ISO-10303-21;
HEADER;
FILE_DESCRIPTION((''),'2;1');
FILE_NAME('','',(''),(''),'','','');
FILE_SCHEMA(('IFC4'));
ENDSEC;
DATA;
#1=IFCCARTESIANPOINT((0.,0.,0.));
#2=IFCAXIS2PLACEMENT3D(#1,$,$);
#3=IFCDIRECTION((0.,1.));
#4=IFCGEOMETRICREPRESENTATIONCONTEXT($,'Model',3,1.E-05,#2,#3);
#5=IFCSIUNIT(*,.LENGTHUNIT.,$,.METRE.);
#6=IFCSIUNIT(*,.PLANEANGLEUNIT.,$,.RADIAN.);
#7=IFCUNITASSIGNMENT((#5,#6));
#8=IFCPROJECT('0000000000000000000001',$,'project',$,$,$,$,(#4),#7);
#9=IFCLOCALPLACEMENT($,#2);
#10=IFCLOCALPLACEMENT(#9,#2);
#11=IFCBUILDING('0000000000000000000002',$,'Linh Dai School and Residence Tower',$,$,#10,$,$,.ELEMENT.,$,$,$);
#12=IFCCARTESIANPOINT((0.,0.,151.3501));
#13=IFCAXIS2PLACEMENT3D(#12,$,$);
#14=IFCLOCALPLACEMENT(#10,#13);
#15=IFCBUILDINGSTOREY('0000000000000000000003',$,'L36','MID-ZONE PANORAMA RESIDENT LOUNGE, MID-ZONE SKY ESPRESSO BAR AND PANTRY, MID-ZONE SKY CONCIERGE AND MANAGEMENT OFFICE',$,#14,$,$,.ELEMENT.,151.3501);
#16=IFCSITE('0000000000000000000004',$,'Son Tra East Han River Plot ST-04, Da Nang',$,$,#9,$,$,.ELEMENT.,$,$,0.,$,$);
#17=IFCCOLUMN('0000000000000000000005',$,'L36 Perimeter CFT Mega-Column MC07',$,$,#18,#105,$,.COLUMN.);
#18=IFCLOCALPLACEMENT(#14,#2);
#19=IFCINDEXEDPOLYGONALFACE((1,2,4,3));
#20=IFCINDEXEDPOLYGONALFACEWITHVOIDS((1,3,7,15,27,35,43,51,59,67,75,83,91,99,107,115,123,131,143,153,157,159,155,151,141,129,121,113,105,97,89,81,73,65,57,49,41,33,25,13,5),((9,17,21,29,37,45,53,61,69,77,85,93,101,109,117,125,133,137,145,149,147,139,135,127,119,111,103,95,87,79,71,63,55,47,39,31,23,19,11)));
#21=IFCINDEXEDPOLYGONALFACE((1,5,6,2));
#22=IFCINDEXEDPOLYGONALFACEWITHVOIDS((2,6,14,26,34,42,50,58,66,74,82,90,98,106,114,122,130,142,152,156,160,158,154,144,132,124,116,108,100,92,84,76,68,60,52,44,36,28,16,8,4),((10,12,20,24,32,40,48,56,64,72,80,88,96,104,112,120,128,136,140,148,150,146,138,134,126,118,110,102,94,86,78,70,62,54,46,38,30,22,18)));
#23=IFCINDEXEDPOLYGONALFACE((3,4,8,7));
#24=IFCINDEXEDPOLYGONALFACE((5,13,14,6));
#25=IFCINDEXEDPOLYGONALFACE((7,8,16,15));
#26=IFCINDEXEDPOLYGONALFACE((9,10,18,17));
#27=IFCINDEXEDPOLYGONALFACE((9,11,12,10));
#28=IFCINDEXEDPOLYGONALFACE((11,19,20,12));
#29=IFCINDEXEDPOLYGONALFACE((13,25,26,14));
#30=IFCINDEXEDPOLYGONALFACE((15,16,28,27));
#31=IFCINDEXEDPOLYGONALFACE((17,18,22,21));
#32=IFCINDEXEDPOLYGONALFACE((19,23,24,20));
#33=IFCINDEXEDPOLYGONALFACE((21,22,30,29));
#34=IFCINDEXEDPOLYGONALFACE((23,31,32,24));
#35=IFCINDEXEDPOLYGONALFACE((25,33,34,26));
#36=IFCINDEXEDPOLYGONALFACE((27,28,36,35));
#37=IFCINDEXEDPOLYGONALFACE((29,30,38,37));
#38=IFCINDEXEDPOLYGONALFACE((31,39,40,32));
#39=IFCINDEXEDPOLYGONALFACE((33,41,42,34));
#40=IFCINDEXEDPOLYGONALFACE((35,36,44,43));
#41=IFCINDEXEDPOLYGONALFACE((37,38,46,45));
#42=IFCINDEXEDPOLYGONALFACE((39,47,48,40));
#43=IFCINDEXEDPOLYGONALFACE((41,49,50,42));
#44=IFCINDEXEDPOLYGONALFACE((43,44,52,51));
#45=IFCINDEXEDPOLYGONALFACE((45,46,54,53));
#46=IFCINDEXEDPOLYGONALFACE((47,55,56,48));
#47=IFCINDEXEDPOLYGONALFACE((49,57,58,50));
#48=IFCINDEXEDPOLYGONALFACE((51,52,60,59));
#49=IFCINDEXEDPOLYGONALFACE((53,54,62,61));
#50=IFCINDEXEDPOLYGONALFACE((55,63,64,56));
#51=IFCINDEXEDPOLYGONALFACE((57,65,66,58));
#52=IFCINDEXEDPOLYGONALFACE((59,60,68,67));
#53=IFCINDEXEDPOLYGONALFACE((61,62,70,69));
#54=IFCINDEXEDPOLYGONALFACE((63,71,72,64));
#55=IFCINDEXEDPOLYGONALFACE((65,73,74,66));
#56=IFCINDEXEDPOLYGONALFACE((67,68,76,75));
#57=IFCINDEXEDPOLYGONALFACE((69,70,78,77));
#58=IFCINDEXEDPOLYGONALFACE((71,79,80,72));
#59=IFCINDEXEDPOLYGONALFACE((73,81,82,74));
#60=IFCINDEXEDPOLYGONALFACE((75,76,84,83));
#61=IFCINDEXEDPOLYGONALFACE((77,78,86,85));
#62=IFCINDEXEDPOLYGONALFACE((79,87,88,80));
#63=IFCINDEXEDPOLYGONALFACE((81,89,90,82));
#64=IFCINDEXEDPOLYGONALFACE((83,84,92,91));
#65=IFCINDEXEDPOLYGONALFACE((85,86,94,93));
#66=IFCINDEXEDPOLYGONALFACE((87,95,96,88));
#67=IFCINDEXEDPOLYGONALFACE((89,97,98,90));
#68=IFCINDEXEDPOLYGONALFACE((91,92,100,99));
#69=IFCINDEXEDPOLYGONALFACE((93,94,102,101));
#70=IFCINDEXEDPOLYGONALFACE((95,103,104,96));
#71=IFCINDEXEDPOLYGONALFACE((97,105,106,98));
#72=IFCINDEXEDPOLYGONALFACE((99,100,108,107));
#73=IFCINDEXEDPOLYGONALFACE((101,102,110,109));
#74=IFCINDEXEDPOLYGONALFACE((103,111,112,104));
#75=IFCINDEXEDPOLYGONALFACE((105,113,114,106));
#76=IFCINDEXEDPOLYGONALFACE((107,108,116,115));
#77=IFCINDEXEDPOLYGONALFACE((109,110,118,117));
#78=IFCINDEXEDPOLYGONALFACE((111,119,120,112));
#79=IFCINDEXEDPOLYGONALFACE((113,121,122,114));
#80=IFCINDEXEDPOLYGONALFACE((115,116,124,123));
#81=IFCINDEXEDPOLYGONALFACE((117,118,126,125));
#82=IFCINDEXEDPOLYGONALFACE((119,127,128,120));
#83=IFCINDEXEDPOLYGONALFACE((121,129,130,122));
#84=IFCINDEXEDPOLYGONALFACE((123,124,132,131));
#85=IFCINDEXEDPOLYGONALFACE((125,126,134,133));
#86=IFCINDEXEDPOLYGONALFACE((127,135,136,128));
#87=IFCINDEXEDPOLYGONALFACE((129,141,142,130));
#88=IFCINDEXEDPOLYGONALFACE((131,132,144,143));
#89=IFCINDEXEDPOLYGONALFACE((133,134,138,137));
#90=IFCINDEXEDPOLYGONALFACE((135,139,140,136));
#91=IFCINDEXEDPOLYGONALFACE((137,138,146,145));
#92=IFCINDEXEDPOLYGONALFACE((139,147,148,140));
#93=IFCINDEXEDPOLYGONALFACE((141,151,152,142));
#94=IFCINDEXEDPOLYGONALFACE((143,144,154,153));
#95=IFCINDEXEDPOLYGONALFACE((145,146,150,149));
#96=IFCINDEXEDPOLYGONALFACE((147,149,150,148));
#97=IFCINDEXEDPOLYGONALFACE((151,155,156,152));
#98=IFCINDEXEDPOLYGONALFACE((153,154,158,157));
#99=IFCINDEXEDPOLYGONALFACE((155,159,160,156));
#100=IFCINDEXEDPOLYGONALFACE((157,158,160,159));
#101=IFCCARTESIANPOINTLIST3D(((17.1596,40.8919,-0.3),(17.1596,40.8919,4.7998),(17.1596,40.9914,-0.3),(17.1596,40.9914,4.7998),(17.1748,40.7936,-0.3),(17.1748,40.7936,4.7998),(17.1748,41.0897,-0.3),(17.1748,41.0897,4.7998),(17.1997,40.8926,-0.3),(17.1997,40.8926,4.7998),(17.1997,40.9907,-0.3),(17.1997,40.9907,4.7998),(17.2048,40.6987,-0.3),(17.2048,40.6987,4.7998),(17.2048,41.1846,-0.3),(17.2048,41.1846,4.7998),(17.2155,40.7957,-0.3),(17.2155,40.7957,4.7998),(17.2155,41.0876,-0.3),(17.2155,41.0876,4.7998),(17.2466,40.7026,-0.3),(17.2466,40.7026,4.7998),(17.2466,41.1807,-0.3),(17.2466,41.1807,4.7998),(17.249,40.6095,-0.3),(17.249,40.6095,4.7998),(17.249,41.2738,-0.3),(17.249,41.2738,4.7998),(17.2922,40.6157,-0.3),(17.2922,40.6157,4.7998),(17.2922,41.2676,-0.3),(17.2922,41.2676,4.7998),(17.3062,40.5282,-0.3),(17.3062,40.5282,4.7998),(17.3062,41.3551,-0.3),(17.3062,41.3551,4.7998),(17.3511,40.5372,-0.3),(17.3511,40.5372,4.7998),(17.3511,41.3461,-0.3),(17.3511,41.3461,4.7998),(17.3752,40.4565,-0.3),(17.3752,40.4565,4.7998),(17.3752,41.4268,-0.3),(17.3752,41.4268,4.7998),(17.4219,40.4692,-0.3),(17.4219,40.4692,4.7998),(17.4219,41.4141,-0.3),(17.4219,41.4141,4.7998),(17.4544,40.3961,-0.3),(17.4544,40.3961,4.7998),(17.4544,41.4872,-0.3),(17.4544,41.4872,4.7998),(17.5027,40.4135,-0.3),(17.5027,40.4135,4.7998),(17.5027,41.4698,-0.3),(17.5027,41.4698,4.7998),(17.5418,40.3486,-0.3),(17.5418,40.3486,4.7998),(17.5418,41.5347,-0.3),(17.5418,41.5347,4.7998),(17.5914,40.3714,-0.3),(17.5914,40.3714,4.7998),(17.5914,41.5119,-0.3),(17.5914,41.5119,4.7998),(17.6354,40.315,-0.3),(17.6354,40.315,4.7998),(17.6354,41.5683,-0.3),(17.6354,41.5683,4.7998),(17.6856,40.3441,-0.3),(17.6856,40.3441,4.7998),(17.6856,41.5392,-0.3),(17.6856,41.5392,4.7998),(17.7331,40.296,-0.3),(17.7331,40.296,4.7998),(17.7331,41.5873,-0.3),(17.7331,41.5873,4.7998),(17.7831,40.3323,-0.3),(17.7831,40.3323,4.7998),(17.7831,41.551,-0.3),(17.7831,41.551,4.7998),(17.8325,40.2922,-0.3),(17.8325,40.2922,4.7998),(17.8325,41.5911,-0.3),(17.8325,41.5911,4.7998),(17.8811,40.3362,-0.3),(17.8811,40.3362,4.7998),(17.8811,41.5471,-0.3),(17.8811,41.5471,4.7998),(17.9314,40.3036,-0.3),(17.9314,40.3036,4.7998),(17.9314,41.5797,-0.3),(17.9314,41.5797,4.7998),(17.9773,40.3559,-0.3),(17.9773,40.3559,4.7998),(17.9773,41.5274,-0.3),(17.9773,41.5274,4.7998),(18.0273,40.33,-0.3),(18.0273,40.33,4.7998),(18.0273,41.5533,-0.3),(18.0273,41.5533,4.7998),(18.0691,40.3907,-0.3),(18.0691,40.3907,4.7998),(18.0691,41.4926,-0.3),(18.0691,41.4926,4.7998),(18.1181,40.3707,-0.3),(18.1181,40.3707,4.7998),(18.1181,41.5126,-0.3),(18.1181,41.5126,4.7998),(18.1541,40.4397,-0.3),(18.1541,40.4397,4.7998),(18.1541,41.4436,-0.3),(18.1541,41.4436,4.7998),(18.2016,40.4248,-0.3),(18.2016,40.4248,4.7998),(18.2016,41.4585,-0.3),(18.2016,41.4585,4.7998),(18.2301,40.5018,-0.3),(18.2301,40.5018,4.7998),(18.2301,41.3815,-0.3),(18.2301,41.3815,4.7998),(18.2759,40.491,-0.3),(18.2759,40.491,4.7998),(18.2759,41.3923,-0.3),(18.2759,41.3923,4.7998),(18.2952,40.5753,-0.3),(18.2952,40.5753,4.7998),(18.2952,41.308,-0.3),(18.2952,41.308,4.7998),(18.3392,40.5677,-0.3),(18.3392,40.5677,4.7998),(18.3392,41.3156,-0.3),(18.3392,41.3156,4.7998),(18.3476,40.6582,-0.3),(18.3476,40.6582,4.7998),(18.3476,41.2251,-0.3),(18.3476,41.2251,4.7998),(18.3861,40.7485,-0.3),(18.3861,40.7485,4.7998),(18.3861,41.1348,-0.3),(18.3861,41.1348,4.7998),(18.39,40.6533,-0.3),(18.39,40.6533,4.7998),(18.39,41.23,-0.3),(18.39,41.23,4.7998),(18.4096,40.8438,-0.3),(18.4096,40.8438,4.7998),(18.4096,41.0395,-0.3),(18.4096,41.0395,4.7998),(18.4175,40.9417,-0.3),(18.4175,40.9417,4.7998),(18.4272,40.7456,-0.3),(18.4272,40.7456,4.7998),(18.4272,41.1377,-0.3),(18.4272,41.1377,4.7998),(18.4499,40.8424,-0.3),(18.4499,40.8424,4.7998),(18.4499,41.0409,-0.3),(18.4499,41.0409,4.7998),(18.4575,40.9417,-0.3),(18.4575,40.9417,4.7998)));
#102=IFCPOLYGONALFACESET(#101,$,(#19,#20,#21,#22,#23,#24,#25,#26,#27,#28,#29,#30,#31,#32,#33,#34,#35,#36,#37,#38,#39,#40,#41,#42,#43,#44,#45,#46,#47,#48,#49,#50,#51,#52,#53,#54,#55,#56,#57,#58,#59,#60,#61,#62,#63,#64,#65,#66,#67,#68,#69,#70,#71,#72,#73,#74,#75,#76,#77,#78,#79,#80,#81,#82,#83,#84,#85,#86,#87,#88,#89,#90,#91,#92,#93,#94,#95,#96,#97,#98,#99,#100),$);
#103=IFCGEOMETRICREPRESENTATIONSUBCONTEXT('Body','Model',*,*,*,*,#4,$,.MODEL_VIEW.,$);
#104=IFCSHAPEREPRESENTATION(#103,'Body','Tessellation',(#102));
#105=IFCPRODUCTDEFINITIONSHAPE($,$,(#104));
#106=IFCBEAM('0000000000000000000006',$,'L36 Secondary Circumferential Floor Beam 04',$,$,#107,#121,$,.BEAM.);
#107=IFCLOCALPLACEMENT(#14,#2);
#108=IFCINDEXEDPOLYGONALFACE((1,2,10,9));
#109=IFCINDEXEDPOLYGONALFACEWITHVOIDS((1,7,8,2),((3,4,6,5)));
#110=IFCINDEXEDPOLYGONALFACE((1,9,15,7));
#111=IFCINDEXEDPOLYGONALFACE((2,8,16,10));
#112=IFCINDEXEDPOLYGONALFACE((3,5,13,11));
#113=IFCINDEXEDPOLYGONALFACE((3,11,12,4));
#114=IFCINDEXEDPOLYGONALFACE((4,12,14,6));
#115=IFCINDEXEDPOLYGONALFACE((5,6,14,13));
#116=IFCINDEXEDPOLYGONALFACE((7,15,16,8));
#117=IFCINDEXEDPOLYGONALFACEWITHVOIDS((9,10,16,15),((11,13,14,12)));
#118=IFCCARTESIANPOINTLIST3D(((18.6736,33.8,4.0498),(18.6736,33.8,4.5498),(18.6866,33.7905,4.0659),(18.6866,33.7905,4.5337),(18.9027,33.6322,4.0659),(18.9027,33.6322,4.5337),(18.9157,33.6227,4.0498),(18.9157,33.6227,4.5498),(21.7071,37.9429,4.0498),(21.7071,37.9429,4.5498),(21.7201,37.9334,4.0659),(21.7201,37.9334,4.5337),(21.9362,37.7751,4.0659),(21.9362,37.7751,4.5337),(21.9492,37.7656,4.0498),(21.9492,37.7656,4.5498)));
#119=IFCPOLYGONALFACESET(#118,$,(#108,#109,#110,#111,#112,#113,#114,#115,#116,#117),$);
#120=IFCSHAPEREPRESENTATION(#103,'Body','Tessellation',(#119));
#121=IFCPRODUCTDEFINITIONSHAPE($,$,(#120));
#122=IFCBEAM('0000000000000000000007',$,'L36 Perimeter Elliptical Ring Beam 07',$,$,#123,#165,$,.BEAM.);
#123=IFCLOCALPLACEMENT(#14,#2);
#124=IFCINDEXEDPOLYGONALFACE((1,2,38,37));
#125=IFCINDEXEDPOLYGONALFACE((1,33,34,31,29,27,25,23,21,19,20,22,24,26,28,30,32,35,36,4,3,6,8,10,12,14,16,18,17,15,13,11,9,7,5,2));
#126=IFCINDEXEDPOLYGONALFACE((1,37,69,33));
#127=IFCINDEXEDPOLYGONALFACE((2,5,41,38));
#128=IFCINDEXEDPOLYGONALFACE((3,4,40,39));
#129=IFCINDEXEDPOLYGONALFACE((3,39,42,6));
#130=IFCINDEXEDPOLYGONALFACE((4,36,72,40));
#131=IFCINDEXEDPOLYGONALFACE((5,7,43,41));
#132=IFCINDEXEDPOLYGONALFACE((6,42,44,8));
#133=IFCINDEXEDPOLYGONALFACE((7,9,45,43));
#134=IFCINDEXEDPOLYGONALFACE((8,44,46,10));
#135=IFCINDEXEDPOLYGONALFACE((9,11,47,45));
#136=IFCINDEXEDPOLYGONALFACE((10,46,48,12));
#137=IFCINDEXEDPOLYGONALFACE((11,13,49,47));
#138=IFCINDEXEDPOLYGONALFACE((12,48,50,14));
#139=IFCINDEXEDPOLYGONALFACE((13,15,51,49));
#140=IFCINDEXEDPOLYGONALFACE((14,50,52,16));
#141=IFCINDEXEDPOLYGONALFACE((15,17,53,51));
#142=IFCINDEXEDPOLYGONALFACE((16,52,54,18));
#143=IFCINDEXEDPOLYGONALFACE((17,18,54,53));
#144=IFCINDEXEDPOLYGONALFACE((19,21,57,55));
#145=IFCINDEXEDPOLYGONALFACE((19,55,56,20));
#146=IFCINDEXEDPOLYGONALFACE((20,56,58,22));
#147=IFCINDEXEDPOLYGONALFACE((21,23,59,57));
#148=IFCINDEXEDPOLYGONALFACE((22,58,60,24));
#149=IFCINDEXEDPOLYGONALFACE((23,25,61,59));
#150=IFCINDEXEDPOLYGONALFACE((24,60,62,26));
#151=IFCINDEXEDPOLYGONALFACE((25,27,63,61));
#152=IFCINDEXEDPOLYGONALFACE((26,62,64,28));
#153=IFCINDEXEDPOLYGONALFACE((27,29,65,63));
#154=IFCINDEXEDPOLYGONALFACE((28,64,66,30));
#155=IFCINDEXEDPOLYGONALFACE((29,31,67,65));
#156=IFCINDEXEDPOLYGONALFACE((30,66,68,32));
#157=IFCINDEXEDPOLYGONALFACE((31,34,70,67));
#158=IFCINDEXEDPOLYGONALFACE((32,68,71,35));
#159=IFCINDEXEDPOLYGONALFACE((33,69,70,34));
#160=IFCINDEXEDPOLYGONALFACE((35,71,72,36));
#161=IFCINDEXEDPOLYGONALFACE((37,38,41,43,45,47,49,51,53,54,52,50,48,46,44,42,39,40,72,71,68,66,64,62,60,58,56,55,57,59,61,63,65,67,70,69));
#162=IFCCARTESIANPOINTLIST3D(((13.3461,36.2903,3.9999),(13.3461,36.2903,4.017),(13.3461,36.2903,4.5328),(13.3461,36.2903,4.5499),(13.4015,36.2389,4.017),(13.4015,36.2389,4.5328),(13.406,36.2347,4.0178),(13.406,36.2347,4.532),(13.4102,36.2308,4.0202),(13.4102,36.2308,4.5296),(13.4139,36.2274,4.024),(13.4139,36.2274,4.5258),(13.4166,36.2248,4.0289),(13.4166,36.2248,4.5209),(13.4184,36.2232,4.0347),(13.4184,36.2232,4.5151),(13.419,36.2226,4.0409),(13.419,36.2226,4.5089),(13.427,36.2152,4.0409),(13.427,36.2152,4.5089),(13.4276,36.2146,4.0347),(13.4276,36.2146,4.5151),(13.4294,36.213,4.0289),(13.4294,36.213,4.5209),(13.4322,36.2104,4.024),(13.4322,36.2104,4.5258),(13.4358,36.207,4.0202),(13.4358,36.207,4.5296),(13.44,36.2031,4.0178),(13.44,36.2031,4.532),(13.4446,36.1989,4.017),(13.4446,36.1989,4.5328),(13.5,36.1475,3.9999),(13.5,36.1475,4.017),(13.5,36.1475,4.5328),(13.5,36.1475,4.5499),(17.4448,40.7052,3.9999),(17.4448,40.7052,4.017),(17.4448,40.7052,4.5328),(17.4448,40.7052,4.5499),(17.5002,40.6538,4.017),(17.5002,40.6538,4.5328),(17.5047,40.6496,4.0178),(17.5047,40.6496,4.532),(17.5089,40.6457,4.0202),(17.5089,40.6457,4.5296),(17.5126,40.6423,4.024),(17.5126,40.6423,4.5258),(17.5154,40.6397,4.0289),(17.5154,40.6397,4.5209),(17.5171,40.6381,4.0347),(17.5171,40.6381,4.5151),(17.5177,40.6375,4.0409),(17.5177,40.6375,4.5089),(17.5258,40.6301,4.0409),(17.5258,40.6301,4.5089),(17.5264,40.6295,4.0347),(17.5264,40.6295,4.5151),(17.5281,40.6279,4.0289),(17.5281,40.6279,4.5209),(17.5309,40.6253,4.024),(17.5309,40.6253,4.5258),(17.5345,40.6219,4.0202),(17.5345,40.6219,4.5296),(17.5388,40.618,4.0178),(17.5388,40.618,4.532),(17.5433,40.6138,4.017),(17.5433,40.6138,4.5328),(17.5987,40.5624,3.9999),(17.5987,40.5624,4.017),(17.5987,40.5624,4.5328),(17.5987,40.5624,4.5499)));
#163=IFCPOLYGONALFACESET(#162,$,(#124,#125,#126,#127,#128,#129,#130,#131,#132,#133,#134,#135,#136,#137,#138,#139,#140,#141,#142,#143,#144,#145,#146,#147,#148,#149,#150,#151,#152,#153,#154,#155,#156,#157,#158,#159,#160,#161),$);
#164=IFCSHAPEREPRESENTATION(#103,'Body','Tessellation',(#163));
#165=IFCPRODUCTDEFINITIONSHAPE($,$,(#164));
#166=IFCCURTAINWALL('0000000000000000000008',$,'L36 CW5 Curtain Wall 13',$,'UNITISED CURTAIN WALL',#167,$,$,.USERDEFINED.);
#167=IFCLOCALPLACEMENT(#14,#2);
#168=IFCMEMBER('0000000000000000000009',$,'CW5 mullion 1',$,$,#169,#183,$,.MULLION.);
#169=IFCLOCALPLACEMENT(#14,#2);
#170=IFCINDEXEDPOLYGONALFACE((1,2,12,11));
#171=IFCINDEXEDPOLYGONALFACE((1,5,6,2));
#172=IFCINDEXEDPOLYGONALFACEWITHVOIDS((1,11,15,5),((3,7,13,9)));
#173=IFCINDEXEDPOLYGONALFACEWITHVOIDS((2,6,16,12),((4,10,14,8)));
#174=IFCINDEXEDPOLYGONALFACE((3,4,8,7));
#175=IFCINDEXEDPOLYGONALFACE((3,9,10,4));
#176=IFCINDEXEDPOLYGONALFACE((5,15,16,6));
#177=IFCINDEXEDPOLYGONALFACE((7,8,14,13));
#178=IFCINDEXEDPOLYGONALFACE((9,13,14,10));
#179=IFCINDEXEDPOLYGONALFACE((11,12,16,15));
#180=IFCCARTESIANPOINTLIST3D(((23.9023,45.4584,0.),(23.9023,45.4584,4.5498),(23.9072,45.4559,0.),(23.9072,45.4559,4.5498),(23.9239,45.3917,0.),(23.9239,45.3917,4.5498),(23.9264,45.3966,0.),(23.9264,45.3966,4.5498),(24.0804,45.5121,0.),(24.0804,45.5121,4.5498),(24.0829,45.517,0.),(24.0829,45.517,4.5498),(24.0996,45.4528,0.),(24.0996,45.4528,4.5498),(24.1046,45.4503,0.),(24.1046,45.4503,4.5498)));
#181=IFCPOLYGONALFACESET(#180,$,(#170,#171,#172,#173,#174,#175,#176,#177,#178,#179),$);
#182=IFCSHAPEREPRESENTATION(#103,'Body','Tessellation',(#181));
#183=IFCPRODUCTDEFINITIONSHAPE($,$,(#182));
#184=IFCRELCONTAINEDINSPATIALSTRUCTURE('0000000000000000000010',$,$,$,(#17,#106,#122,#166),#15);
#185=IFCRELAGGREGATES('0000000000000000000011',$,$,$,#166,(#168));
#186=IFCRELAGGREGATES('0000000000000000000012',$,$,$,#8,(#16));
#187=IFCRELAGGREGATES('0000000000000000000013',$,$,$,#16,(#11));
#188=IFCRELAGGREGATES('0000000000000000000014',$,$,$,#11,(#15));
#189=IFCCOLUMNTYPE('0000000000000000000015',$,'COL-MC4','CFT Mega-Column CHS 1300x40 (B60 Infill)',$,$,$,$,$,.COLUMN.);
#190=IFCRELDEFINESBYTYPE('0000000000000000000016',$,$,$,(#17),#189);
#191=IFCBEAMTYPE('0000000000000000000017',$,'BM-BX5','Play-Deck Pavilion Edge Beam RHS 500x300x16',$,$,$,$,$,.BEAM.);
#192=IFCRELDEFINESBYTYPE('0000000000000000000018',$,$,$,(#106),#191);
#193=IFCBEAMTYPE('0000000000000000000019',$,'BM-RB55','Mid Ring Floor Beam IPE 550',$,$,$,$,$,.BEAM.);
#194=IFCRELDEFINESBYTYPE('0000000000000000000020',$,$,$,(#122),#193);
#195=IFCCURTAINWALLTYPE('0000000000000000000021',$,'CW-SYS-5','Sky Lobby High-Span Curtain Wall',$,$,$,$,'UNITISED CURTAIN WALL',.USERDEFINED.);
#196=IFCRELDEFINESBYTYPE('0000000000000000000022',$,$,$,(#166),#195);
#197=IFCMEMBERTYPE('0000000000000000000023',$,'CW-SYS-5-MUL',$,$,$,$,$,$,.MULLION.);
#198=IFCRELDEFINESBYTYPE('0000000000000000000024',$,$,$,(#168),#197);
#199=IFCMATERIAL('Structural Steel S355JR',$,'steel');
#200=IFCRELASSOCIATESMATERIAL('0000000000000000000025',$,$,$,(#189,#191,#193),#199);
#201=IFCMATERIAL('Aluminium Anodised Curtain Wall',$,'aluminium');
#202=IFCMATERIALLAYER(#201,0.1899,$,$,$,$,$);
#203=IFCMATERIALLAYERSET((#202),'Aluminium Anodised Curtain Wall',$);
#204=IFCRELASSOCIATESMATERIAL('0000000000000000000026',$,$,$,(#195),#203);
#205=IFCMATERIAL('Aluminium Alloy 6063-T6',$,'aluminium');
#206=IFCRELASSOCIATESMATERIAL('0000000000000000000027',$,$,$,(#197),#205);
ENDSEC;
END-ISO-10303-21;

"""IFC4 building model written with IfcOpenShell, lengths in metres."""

from ifc_helpers import new_model, si_unit, direction, frame, origin, origin_2d, place, context, subcontext, project, spatial, hollow_rectangle, hollow_circle, i_section, extrude, source, transform, mapped, material, layer, layer_set, material_profile, profile_set, type_object, element, aggregate, save


model = new_model("IFC4")

# Units and contexts
model_context = context("Model", 3, precision=1e-05, world=origin(), true_north=direction((0.0, 1.0)))
body_context = subcontext(model_context, "Body", "Model", "MODEL_VIEW")
ifc_project = project(units=[si_unit("LENGTHUNIT", "METRE"), si_unit("PLANEANGLEUNIT", "RADIAN")], contexts=[model_context])

# Site, building, storey
site_placement = place(None, origin())
site = spatial("IfcSite", under=ifc_project, at=site_placement, Name="Son Tra East Han River Plot ST-04, Da Nang", CompositionType="ELEMENT", RefElevation=0.0)
building_placement = place(site_placement, origin())
building = spatial("IfcBuilding", under=site, at=building_placement, Name="Linh Dai School and Residence Tower", CompositionType="ELEMENT")
storey_placement = place(building_placement, frame((0.0, 0.0, 151.3501)))
storey = spatial("IfcBuildingStorey", under=building, at=storey_placement, Name="L36", Description="MID-ZONE PANORAMA RESIDENT LOUNGE, MID-ZONE SKY ESPRESSO BAR AND PANTRY, MID-ZONE SKY CONCIERGE AND MANAGEMENT OFFICE", CompositionType="ELEMENT", Elevation=151.3501)

# Column
ifc_material_1 = material(Name="Structural Steel S355JR", Category="steel")
ifc_material_profile_1 = material_profile(ifc_material_1, hollow_circle(Radius=0.6499, WallThickness=0.04, at=origin_2d()), Name="CHS 1300x40")
ifc_profile_set_1 = profile_set([ifc_material_profile_1], Name="Structural Steel S355JR")
column_type = type_object("IfcColumnType", Name="COL-MC4", Description="CFT Mega-Column CHS 1300x40 (B60 Infill)", PredefinedType="COLUMN", material=ifc_profile_set_1)
column_placement = place(storey_placement, frame((17.8076, 40.9417, -0.3), z_axis=(0.0, 0.0, 1.0), x_axis=(1.0, 0.0, 0.0)))
element("IfcColumn", 1, at=column_placement, inside=storey, type_object=column_type, Name="L36 Perimeter CFT Mega-Column MC07", PredefinedType="COLUMN", context=body_context, shape_type="SweptSolid", body=[
    extrude(hollow_circle(Radius=0.6499, WallThickness=0.04, at=origin_2d()), origin(), (0.0, 0.0, 1.0), 5.0999),
])

# Beams
ifc_material_profile_2 = material_profile(ifc_material_1, hollow_rectangle(XDim=0.3, YDim=0.5, WallThickness=0.0161, at=origin_2d()), Name="RHS 500x300x16")
ifc_profile_set_2 = profile_set([ifc_material_profile_2], Name="Structural Steel S355JR")
beam_type_1 = type_object("IfcBeamType", Name="BM-BX5", Description="Play-Deck Pavilion Edge Beam RHS 500x300x16", PredefinedType="BEAM", material=ifc_profile_set_2)
beam_1_placement = place(storey_placement, frame((21.8281, 37.8542, 4.2998), z_axis=(-0.590778, -0.806834, 0.0), x_axis=(0.806834, -0.590778, 0.0)))
element("IfcBeam", 2, at=beam_1_placement, inside=storey, type_object=beam_type_1, Name="L36 Secondary Circumferential Floor Beam 04", PredefinedType="BEAM", context=body_context, shape_type="SweptSolid", body=[
    extrude(hollow_rectangle(XDim=0.3, YDim=0.5, WallThickness=0.0161, at=origin_2d()), origin(), (0.0, 0.0, 1.0), 5.1348),
])
ifc_material_profile_3 = material_profile(ifc_material_1, i_section(OverallWidth=0.21, OverallDepth=0.55, WebThickness=0.011, FlangeThickness=0.0171, FilletRadius=0.0239, at=origin_2d()), Name="IPE 550")
ifc_profile_set_3 = profile_set([ifc_material_profile_3], Name="Structural Steel S355JR")
beam_type_2 = type_object("IfcBeamType", Name="BM-RB55", Description="Mid Ring Floor Beam IPE 550", PredefinedType="BEAM", material=ifc_profile_set_3)
beam_2_placement = place(storey_placement, frame((17.5217, 40.6338, 4.2749), z_axis=(-0.680378, -0.732861, 0.0), x_axis=(0.732861, -0.680378, 0.0)))
element("IfcBeam", 3, at=beam_2_placement, inside=storey, type_object=beam_type_2, Name="L36 Perimeter Elliptical Ring Beam 07", PredefinedType="BEAM", context=body_context, shape_type="SweptSolid", body=[
    extrude(i_section(OverallWidth=0.21, OverallDepth=0.55, WebThickness=0.011, FlangeThickness=0.0171, FilletRadius=0.0239, at=origin_2d()), origin(), (0.0, 0.0, 1.0), 6.0242),
])

# Curtain wall, member
ifc_material_2 = material(Name="Aluminium Anodised Curtain Wall", Category="aluminium")
ifc_layer_1 = layer(ifc_material_2, 0.1899)
ifc_layer_set_1 = layer_set([ifc_layer_1], Name="Aluminium Anodised Curtain Wall")
curtain_wall_type = type_object("IfcCurtainWallType", Name="CW-SYS-5", Description="Sky Lobby High-Span Curtain Wall", ElementType="UNITISED CURTAIN WALL", PredefinedType="USERDEFINED", material=ifc_layer_set_1)
curtain_wall_1_placement = place(storey_placement, origin())
curtain_wall_1 = element("IfcCurtainWall", 4, at=curtain_wall_1_placement, inside=storey, type_object=curtain_wall_type, Name="L36 CW5 Curtain Wall 13", ObjectType="UNITISED CURTAIN WALL", PredefinedType="USERDEFINED")
ifc_material_3 = material(Name="Aluminium Alloy 6063-T6", Category="aluminium")
ifc_material_profile_4 = material_profile(ifc_material_3, hollow_rectangle(XDim=0.0701, YDim=0.1899, WallThickness=0.0039, at=origin_2d()), Name="RHS 190x70x4")
ifc_profile_set_4 = profile_set([ifc_material_profile_4], Name="Aluminium Alloy 6063-T6")
member_type_1 = type_object("IfcMemberType", Name="CW-SYS-5-MUL", PredefinedType="MULLION", material=ifc_profile_set_4)
shared_shape_1 = source(origin(), body_context, "Body", "SweptSolid", [
    extrude(hollow_rectangle(XDim=0.0701, YDim=0.1899, WallThickness=0.0039, at=origin_2d()), origin(), (0.0, 0.0, 1.0), 4.5498),
])
member_1_placement = place(storey_placement, frame((24.0034, 45.4543, 0.0), z_axis=(0.0, 0.0, 1.0), x_axis=(-0.308536, 0.951213, 0.0)))
member_1 = element("IfcMember", 5, at=member_1_placement, type_object=member_type_1, Name="CW5 mullion 1", PredefinedType="MULLION", context=body_context, shape_type="MappedRepresentation", body=[
    mapped(shared_shape_1, transform((0.0, 0.0, 0.0), x_axis=(1.0, 0.0, 0.0), y_axis=(0.0, 1.0, 0.0), z_axis=(0.0, 0.0, 1.0), scale=1.0)),
])

aggregate(curtain_wall_1, [member_1])

save(model, "model.ifc")
